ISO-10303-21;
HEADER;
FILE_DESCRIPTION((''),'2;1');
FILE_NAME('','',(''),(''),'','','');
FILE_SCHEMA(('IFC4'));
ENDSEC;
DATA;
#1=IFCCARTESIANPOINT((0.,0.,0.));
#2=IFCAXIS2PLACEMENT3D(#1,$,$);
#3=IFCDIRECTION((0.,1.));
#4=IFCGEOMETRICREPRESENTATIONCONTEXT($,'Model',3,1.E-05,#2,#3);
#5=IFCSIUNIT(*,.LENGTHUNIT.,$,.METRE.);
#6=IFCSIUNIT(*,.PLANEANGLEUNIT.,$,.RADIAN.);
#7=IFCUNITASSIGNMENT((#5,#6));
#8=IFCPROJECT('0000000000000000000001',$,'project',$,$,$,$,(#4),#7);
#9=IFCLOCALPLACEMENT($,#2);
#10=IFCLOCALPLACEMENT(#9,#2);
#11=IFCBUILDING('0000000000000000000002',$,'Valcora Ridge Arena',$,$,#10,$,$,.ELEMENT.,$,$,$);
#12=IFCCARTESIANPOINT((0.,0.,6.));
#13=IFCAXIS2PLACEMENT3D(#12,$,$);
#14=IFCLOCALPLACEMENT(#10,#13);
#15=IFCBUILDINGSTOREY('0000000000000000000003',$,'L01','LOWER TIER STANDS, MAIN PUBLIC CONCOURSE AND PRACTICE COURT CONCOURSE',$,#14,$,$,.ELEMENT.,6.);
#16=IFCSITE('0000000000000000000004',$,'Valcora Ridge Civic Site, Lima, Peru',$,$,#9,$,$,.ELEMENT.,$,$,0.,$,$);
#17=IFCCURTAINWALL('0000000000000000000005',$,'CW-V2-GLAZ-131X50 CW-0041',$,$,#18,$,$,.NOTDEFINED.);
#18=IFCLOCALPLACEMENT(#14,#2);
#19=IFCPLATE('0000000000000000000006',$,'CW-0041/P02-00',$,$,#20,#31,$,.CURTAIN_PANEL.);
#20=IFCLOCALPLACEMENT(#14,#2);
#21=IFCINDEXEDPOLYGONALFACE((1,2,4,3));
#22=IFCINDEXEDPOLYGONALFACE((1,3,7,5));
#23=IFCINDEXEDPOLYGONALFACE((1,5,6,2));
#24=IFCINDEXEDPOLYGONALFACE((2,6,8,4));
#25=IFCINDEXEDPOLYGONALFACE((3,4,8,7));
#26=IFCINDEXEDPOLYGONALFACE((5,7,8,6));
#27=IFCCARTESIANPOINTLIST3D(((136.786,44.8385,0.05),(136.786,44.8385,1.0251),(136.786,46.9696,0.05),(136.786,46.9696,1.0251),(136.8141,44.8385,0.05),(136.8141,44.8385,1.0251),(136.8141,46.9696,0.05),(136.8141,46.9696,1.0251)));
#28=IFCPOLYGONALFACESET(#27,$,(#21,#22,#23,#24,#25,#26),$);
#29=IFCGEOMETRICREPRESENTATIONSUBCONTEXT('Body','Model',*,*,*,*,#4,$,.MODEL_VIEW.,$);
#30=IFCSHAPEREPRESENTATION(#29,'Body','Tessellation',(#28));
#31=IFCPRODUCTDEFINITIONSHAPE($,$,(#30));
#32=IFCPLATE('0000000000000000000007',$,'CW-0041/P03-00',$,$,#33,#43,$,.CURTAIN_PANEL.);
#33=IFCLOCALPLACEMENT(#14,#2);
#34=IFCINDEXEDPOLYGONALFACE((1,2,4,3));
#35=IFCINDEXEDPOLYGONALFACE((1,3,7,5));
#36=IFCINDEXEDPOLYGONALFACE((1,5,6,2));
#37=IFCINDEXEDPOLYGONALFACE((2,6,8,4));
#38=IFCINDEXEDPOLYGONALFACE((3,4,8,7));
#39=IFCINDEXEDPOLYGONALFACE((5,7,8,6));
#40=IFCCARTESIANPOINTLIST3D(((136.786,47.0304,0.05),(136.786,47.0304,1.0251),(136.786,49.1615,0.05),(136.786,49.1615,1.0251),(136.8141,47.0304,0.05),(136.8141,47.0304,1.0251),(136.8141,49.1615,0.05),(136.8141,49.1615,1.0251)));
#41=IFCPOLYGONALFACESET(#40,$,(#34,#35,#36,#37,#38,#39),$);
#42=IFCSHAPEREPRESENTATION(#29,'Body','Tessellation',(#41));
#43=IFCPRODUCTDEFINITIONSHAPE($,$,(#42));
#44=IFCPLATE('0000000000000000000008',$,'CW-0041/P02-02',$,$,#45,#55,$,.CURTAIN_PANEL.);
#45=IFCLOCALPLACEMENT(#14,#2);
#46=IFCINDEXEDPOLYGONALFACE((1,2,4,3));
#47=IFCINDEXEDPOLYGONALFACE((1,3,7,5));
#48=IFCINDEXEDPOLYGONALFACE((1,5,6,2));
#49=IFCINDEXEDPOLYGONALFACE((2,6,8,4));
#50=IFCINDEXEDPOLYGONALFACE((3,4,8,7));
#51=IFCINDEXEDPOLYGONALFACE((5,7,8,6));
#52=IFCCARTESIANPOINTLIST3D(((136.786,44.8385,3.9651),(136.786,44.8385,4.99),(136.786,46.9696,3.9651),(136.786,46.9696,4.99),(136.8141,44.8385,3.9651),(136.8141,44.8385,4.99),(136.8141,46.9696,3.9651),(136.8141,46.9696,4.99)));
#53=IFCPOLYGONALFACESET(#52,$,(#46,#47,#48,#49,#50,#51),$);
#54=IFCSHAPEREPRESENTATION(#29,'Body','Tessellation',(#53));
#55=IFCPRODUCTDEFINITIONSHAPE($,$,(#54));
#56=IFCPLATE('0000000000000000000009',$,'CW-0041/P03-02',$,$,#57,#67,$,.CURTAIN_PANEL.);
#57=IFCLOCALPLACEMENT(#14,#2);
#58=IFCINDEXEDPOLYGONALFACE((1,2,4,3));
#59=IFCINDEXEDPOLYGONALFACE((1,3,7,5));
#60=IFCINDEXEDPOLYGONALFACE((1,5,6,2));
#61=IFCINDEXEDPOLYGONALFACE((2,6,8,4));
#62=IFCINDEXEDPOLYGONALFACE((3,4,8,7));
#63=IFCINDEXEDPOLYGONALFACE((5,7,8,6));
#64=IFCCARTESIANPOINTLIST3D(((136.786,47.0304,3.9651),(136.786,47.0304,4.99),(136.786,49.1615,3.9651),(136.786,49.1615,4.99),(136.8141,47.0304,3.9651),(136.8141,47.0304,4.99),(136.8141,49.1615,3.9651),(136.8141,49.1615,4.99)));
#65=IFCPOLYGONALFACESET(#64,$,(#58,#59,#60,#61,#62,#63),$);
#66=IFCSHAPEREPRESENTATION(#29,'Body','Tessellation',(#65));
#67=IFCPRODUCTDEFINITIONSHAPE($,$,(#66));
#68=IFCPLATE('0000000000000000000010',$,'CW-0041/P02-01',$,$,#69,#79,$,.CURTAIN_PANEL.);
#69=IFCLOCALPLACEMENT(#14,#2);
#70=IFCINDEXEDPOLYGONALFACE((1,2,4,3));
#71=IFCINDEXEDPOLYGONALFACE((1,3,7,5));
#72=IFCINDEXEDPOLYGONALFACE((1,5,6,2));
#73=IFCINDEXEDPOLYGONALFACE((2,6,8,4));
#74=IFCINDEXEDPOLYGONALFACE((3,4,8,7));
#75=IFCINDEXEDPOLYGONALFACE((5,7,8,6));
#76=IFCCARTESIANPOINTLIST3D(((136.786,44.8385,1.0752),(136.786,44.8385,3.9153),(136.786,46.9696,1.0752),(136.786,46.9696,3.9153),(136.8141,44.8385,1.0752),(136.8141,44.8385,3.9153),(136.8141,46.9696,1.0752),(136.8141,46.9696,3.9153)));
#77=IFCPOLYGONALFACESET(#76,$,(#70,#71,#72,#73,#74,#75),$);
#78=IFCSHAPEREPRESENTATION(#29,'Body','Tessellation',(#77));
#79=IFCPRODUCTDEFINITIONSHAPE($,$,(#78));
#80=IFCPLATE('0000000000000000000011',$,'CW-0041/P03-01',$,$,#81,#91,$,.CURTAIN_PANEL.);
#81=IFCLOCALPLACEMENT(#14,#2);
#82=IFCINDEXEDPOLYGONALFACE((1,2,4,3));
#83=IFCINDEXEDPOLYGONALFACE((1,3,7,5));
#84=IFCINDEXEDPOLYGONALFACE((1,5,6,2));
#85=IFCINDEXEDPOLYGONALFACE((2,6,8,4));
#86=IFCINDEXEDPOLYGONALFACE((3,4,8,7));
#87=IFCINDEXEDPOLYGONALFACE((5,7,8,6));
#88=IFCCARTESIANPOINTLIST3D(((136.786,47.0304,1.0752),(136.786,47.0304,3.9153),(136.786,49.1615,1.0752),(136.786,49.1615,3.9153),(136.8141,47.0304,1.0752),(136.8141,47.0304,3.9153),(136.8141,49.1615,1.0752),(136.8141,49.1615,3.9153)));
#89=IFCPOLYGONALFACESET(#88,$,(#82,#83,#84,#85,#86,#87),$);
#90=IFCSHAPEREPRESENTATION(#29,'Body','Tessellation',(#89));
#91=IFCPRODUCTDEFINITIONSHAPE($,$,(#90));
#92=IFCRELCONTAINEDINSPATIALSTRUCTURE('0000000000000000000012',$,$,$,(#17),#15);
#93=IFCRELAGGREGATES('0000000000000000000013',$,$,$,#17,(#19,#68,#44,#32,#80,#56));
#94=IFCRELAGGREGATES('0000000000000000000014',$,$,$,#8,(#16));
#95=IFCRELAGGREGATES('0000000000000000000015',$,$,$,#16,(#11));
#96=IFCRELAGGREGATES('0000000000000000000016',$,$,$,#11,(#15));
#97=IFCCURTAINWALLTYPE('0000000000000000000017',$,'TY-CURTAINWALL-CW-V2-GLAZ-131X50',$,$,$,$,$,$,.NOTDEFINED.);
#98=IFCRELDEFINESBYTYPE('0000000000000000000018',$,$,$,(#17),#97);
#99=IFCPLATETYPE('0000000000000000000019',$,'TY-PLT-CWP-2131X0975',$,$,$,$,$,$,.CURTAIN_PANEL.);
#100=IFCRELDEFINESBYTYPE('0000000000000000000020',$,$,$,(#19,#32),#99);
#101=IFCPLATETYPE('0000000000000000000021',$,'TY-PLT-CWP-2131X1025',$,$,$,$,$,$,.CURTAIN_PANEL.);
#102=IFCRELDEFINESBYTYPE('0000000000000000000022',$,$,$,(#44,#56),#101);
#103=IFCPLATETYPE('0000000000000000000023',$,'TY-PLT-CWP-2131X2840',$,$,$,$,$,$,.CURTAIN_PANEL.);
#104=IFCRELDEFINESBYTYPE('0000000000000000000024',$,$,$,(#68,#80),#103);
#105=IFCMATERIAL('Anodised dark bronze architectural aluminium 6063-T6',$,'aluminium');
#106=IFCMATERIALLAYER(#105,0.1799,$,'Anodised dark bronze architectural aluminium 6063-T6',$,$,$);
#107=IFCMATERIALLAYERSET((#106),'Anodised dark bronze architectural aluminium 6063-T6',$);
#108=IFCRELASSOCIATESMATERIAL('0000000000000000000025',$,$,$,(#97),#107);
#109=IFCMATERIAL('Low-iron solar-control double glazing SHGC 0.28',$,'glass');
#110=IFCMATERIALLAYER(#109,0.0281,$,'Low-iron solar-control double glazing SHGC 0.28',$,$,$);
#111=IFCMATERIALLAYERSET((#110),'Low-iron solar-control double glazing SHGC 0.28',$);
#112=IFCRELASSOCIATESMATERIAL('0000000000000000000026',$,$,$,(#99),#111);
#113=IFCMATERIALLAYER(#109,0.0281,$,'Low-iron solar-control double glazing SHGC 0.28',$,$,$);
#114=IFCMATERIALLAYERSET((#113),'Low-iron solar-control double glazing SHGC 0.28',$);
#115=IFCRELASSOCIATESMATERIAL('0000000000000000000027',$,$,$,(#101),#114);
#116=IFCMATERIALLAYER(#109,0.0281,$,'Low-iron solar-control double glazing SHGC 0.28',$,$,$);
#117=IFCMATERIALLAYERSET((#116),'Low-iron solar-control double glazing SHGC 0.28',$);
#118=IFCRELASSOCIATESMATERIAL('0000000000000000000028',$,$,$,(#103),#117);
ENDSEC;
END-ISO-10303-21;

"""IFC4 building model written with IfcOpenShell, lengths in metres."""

from ifc_helpers import new_model, si_unit, direction, frame, origin, origin_2d, place, context, subcontext, project, spatial, rectangle, extrude, material, layer, layer_set, type_object, element, aggregate, save


model = new_model("IFC4")

# Units and contexts
model_context = context("Model", 3, precision=1e-05, world=origin(), true_north=direction((0.0, 1.0)))
body_context = subcontext(model_context, "Body", "Model", "MODEL_VIEW")
ifc_project = project(units=[si_unit("LENGTHUNIT", "METRE"), si_unit("PLANEANGLEUNIT", "RADIAN")], contexts=[model_context])

# Site, building, storey
site_placement = place(None, origin())
site = spatial("IfcSite", under=ifc_project, at=site_placement, Name="Valcora Ridge Civic Site, Lima, Peru", CompositionType="ELEMENT", RefElevation=0.0)
building_placement = place(site_placement, origin())
building = spatial("IfcBuilding", under=site, at=building_placement, Name="Valcora Ridge Arena", CompositionType="ELEMENT")
storey_placement = place(building_placement, frame((0.0, 0.0, 6.0)))
storey = spatial("IfcBuildingStorey", under=building, at=storey_placement, Name="L01", Description="LOWER TIER STANDS, MAIN PUBLIC CONCOURSE AND PRACTICE COURT CONCOURSE", CompositionType="ELEMENT", Elevation=6.0)

# Shared definitions
ifc_material_1 = material(Name="Anodised dark bronze architectural aluminium 6063-T6", Category="aluminium")

# Curtain wall
ifc_layer_1 = layer(ifc_material_1, 0.1799, Name="Anodised dark bronze architectural aluminium 6063-T6")
ifc_layer_set_1 = layer_set([ifc_layer_1], Name="Anodised dark bronze architectural aluminium 6063-T6")
curtain_wall_type_1 = type_object("IfcCurtainWallType", Name="TY-CURTAINWALL-CW-V2-GLAZ-131X50", PredefinedType="NOTDEFINED", material=ifc_layer_set_1)
curtain_wall_1_placement = place(storey_placement, origin())
curtain_wall_1 = element("IfcCurtainWall", 1, at=curtain_wall_1_placement, inside=storey, type_object=curtain_wall_type_1, Name="CW-V2-GLAZ-131X50 CW-0041", PredefinedType="NOTDEFINED")

# Plates
ifc_material_2 = material(Name="Low-iron solar-control double glazing SHGC 0.28", Category="glass")
ifc_layer_2 = layer(ifc_material_2, 0.0281, Name="Low-iron solar-control double glazing SHGC 0.28")
ifc_layer_set_2 = layer_set([ifc_layer_2], Name="Low-iron solar-control double glazing SHGC 0.28")
plate_type_1 = type_object("IfcPlateType", Name="TY-PLT-CWP-2131X0975", PredefinedType="CURTAIN_PANEL", material=ifc_layer_set_2)
plate_1_placement = place(storey_placement, frame((136.8, 45.9041, 0.05), z_axis=(0.0, 0.0, 1.0), x_axis=(0.0, 1.0, 0.0)))
plate_1 = element("IfcPlate", 2, at=plate_1_placement, type_object=plate_type_1, Name="CW-0041/P02-00", PredefinedType="CURTAIN_PANEL", context=body_context, shape_type="SweptSolid", body=[
    extrude(rectangle(XDim=2.1311, YDim=0.0281, at=origin_2d()), origin(), (0.0, 0.0, 1.0), 0.9751),
])
plate_2_placement = place(storey_placement, frame((136.8, 48.0959, 0.05), z_axis=(0.0, 0.0, 1.0), x_axis=(0.0, 1.0, 0.0)))
plate_2 = element("IfcPlate", 3, at=plate_2_placement, type_object=plate_type_1, Name="CW-0041/P03-00", PredefinedType="CURTAIN_PANEL", context=body_context, shape_type="SweptSolid", body=[
    extrude(rectangle(XDim=2.1311, YDim=0.0281, at=origin_2d()), origin(), (0.0, 0.0, 1.0), 0.9751),
])
ifc_layer_3 = layer(ifc_material_2, 0.0281, Name="Low-iron solar-control double glazing SHGC 0.28")
ifc_layer_set_3 = layer_set([ifc_layer_3], Name="Low-iron solar-control double glazing SHGC 0.28")
plate_type_2 = type_object("IfcPlateType", Name="TY-PLT-CWP-2131X1025", PredefinedType="CURTAIN_PANEL", material=ifc_layer_set_3)
plate_3_placement = place(storey_placement, frame((136.8, 45.9041, 3.9651), z_axis=(0.0, 0.0, 1.0), x_axis=(0.0, 1.0, 0.0)))
plate_3 = element("IfcPlate", 4, at=plate_3_placement, type_object=plate_type_2, Name="CW-0041/P02-02", PredefinedType="CURTAIN_PANEL", context=body_context, shape_type="SweptSolid", body=[
    extrude(rectangle(XDim=2.1311, YDim=0.0281, at=origin_2d()), origin(), (0.0, 0.0, 1.0), 1.0249),
])
plate_4_placement = place(storey_placement, frame((136.8, 48.0959, 3.9651), z_axis=(0.0, 0.0, 1.0), x_axis=(0.0, 1.0, 0.0)))
plate_4 = element("IfcPlate", 5, at=plate_4_placement, type_object=plate_type_2, Name="CW-0041/P03-02", PredefinedType="CURTAIN_PANEL", context=body_context, shape_type="SweptSolid", body=[
    extrude(rectangle(XDim=2.1311, YDim=0.0281, at=origin_2d()), origin(), (0.0, 0.0, 1.0), 1.0249),
])
ifc_layer_4 = layer(ifc_material_2, 0.0281, Name="Low-iron solar-control double glazing SHGC 0.28")
ifc_layer_set_4 = layer_set([ifc_layer_4], Name="Low-iron solar-control double glazing SHGC 0.28")
plate_type_3 = type_object("IfcPlateType", Name="TY-PLT-CWP-2131X2840", PredefinedType="CURTAIN_PANEL", material=ifc_layer_set_4)
plate_5_placement = place(storey_placement, frame((136.8, 45.9041, 1.0752), z_axis=(0.0, 0.0, 1.0), x_axis=(0.0, 1.0, 0.0)))
plate_5 = element("IfcPlate", 6, at=plate_5_placement, type_object=plate_type_3, Name="CW-0041/P02-01", PredefinedType="CURTAIN_PANEL", context=body_context, shape_type="SweptSolid", body=[
    extrude(rectangle(XDim=2.1311, YDim=0.0281, at=origin_2d()), origin(), (0.0, 0.0, 1.0), 2.8401),
])
plate_6_placement = place(storey_placement, frame((136.8, 48.0959, 1.0752), z_axis=(0.0, 0.0, 1.0), x_axis=(0.0, 1.0, 0.0)))
plate_6 = element("IfcPlate", 7, at=plate_6_placement, type_object=plate_type_3, Name="CW-0041/P03-01", PredefinedType="CURTAIN_PANEL", context=body_context, shape_type="SweptSolid", body=[
    extrude(rectangle(XDim=2.1311, YDim=0.0281, at=origin_2d()), origin(), (0.0, 0.0, 1.0), 2.8401),
])
aggregate(curtain_wall_1, [plate_1, plate_5, plate_3, plate_2, plate_6, plate_4])

save(model, "model.ifc")
